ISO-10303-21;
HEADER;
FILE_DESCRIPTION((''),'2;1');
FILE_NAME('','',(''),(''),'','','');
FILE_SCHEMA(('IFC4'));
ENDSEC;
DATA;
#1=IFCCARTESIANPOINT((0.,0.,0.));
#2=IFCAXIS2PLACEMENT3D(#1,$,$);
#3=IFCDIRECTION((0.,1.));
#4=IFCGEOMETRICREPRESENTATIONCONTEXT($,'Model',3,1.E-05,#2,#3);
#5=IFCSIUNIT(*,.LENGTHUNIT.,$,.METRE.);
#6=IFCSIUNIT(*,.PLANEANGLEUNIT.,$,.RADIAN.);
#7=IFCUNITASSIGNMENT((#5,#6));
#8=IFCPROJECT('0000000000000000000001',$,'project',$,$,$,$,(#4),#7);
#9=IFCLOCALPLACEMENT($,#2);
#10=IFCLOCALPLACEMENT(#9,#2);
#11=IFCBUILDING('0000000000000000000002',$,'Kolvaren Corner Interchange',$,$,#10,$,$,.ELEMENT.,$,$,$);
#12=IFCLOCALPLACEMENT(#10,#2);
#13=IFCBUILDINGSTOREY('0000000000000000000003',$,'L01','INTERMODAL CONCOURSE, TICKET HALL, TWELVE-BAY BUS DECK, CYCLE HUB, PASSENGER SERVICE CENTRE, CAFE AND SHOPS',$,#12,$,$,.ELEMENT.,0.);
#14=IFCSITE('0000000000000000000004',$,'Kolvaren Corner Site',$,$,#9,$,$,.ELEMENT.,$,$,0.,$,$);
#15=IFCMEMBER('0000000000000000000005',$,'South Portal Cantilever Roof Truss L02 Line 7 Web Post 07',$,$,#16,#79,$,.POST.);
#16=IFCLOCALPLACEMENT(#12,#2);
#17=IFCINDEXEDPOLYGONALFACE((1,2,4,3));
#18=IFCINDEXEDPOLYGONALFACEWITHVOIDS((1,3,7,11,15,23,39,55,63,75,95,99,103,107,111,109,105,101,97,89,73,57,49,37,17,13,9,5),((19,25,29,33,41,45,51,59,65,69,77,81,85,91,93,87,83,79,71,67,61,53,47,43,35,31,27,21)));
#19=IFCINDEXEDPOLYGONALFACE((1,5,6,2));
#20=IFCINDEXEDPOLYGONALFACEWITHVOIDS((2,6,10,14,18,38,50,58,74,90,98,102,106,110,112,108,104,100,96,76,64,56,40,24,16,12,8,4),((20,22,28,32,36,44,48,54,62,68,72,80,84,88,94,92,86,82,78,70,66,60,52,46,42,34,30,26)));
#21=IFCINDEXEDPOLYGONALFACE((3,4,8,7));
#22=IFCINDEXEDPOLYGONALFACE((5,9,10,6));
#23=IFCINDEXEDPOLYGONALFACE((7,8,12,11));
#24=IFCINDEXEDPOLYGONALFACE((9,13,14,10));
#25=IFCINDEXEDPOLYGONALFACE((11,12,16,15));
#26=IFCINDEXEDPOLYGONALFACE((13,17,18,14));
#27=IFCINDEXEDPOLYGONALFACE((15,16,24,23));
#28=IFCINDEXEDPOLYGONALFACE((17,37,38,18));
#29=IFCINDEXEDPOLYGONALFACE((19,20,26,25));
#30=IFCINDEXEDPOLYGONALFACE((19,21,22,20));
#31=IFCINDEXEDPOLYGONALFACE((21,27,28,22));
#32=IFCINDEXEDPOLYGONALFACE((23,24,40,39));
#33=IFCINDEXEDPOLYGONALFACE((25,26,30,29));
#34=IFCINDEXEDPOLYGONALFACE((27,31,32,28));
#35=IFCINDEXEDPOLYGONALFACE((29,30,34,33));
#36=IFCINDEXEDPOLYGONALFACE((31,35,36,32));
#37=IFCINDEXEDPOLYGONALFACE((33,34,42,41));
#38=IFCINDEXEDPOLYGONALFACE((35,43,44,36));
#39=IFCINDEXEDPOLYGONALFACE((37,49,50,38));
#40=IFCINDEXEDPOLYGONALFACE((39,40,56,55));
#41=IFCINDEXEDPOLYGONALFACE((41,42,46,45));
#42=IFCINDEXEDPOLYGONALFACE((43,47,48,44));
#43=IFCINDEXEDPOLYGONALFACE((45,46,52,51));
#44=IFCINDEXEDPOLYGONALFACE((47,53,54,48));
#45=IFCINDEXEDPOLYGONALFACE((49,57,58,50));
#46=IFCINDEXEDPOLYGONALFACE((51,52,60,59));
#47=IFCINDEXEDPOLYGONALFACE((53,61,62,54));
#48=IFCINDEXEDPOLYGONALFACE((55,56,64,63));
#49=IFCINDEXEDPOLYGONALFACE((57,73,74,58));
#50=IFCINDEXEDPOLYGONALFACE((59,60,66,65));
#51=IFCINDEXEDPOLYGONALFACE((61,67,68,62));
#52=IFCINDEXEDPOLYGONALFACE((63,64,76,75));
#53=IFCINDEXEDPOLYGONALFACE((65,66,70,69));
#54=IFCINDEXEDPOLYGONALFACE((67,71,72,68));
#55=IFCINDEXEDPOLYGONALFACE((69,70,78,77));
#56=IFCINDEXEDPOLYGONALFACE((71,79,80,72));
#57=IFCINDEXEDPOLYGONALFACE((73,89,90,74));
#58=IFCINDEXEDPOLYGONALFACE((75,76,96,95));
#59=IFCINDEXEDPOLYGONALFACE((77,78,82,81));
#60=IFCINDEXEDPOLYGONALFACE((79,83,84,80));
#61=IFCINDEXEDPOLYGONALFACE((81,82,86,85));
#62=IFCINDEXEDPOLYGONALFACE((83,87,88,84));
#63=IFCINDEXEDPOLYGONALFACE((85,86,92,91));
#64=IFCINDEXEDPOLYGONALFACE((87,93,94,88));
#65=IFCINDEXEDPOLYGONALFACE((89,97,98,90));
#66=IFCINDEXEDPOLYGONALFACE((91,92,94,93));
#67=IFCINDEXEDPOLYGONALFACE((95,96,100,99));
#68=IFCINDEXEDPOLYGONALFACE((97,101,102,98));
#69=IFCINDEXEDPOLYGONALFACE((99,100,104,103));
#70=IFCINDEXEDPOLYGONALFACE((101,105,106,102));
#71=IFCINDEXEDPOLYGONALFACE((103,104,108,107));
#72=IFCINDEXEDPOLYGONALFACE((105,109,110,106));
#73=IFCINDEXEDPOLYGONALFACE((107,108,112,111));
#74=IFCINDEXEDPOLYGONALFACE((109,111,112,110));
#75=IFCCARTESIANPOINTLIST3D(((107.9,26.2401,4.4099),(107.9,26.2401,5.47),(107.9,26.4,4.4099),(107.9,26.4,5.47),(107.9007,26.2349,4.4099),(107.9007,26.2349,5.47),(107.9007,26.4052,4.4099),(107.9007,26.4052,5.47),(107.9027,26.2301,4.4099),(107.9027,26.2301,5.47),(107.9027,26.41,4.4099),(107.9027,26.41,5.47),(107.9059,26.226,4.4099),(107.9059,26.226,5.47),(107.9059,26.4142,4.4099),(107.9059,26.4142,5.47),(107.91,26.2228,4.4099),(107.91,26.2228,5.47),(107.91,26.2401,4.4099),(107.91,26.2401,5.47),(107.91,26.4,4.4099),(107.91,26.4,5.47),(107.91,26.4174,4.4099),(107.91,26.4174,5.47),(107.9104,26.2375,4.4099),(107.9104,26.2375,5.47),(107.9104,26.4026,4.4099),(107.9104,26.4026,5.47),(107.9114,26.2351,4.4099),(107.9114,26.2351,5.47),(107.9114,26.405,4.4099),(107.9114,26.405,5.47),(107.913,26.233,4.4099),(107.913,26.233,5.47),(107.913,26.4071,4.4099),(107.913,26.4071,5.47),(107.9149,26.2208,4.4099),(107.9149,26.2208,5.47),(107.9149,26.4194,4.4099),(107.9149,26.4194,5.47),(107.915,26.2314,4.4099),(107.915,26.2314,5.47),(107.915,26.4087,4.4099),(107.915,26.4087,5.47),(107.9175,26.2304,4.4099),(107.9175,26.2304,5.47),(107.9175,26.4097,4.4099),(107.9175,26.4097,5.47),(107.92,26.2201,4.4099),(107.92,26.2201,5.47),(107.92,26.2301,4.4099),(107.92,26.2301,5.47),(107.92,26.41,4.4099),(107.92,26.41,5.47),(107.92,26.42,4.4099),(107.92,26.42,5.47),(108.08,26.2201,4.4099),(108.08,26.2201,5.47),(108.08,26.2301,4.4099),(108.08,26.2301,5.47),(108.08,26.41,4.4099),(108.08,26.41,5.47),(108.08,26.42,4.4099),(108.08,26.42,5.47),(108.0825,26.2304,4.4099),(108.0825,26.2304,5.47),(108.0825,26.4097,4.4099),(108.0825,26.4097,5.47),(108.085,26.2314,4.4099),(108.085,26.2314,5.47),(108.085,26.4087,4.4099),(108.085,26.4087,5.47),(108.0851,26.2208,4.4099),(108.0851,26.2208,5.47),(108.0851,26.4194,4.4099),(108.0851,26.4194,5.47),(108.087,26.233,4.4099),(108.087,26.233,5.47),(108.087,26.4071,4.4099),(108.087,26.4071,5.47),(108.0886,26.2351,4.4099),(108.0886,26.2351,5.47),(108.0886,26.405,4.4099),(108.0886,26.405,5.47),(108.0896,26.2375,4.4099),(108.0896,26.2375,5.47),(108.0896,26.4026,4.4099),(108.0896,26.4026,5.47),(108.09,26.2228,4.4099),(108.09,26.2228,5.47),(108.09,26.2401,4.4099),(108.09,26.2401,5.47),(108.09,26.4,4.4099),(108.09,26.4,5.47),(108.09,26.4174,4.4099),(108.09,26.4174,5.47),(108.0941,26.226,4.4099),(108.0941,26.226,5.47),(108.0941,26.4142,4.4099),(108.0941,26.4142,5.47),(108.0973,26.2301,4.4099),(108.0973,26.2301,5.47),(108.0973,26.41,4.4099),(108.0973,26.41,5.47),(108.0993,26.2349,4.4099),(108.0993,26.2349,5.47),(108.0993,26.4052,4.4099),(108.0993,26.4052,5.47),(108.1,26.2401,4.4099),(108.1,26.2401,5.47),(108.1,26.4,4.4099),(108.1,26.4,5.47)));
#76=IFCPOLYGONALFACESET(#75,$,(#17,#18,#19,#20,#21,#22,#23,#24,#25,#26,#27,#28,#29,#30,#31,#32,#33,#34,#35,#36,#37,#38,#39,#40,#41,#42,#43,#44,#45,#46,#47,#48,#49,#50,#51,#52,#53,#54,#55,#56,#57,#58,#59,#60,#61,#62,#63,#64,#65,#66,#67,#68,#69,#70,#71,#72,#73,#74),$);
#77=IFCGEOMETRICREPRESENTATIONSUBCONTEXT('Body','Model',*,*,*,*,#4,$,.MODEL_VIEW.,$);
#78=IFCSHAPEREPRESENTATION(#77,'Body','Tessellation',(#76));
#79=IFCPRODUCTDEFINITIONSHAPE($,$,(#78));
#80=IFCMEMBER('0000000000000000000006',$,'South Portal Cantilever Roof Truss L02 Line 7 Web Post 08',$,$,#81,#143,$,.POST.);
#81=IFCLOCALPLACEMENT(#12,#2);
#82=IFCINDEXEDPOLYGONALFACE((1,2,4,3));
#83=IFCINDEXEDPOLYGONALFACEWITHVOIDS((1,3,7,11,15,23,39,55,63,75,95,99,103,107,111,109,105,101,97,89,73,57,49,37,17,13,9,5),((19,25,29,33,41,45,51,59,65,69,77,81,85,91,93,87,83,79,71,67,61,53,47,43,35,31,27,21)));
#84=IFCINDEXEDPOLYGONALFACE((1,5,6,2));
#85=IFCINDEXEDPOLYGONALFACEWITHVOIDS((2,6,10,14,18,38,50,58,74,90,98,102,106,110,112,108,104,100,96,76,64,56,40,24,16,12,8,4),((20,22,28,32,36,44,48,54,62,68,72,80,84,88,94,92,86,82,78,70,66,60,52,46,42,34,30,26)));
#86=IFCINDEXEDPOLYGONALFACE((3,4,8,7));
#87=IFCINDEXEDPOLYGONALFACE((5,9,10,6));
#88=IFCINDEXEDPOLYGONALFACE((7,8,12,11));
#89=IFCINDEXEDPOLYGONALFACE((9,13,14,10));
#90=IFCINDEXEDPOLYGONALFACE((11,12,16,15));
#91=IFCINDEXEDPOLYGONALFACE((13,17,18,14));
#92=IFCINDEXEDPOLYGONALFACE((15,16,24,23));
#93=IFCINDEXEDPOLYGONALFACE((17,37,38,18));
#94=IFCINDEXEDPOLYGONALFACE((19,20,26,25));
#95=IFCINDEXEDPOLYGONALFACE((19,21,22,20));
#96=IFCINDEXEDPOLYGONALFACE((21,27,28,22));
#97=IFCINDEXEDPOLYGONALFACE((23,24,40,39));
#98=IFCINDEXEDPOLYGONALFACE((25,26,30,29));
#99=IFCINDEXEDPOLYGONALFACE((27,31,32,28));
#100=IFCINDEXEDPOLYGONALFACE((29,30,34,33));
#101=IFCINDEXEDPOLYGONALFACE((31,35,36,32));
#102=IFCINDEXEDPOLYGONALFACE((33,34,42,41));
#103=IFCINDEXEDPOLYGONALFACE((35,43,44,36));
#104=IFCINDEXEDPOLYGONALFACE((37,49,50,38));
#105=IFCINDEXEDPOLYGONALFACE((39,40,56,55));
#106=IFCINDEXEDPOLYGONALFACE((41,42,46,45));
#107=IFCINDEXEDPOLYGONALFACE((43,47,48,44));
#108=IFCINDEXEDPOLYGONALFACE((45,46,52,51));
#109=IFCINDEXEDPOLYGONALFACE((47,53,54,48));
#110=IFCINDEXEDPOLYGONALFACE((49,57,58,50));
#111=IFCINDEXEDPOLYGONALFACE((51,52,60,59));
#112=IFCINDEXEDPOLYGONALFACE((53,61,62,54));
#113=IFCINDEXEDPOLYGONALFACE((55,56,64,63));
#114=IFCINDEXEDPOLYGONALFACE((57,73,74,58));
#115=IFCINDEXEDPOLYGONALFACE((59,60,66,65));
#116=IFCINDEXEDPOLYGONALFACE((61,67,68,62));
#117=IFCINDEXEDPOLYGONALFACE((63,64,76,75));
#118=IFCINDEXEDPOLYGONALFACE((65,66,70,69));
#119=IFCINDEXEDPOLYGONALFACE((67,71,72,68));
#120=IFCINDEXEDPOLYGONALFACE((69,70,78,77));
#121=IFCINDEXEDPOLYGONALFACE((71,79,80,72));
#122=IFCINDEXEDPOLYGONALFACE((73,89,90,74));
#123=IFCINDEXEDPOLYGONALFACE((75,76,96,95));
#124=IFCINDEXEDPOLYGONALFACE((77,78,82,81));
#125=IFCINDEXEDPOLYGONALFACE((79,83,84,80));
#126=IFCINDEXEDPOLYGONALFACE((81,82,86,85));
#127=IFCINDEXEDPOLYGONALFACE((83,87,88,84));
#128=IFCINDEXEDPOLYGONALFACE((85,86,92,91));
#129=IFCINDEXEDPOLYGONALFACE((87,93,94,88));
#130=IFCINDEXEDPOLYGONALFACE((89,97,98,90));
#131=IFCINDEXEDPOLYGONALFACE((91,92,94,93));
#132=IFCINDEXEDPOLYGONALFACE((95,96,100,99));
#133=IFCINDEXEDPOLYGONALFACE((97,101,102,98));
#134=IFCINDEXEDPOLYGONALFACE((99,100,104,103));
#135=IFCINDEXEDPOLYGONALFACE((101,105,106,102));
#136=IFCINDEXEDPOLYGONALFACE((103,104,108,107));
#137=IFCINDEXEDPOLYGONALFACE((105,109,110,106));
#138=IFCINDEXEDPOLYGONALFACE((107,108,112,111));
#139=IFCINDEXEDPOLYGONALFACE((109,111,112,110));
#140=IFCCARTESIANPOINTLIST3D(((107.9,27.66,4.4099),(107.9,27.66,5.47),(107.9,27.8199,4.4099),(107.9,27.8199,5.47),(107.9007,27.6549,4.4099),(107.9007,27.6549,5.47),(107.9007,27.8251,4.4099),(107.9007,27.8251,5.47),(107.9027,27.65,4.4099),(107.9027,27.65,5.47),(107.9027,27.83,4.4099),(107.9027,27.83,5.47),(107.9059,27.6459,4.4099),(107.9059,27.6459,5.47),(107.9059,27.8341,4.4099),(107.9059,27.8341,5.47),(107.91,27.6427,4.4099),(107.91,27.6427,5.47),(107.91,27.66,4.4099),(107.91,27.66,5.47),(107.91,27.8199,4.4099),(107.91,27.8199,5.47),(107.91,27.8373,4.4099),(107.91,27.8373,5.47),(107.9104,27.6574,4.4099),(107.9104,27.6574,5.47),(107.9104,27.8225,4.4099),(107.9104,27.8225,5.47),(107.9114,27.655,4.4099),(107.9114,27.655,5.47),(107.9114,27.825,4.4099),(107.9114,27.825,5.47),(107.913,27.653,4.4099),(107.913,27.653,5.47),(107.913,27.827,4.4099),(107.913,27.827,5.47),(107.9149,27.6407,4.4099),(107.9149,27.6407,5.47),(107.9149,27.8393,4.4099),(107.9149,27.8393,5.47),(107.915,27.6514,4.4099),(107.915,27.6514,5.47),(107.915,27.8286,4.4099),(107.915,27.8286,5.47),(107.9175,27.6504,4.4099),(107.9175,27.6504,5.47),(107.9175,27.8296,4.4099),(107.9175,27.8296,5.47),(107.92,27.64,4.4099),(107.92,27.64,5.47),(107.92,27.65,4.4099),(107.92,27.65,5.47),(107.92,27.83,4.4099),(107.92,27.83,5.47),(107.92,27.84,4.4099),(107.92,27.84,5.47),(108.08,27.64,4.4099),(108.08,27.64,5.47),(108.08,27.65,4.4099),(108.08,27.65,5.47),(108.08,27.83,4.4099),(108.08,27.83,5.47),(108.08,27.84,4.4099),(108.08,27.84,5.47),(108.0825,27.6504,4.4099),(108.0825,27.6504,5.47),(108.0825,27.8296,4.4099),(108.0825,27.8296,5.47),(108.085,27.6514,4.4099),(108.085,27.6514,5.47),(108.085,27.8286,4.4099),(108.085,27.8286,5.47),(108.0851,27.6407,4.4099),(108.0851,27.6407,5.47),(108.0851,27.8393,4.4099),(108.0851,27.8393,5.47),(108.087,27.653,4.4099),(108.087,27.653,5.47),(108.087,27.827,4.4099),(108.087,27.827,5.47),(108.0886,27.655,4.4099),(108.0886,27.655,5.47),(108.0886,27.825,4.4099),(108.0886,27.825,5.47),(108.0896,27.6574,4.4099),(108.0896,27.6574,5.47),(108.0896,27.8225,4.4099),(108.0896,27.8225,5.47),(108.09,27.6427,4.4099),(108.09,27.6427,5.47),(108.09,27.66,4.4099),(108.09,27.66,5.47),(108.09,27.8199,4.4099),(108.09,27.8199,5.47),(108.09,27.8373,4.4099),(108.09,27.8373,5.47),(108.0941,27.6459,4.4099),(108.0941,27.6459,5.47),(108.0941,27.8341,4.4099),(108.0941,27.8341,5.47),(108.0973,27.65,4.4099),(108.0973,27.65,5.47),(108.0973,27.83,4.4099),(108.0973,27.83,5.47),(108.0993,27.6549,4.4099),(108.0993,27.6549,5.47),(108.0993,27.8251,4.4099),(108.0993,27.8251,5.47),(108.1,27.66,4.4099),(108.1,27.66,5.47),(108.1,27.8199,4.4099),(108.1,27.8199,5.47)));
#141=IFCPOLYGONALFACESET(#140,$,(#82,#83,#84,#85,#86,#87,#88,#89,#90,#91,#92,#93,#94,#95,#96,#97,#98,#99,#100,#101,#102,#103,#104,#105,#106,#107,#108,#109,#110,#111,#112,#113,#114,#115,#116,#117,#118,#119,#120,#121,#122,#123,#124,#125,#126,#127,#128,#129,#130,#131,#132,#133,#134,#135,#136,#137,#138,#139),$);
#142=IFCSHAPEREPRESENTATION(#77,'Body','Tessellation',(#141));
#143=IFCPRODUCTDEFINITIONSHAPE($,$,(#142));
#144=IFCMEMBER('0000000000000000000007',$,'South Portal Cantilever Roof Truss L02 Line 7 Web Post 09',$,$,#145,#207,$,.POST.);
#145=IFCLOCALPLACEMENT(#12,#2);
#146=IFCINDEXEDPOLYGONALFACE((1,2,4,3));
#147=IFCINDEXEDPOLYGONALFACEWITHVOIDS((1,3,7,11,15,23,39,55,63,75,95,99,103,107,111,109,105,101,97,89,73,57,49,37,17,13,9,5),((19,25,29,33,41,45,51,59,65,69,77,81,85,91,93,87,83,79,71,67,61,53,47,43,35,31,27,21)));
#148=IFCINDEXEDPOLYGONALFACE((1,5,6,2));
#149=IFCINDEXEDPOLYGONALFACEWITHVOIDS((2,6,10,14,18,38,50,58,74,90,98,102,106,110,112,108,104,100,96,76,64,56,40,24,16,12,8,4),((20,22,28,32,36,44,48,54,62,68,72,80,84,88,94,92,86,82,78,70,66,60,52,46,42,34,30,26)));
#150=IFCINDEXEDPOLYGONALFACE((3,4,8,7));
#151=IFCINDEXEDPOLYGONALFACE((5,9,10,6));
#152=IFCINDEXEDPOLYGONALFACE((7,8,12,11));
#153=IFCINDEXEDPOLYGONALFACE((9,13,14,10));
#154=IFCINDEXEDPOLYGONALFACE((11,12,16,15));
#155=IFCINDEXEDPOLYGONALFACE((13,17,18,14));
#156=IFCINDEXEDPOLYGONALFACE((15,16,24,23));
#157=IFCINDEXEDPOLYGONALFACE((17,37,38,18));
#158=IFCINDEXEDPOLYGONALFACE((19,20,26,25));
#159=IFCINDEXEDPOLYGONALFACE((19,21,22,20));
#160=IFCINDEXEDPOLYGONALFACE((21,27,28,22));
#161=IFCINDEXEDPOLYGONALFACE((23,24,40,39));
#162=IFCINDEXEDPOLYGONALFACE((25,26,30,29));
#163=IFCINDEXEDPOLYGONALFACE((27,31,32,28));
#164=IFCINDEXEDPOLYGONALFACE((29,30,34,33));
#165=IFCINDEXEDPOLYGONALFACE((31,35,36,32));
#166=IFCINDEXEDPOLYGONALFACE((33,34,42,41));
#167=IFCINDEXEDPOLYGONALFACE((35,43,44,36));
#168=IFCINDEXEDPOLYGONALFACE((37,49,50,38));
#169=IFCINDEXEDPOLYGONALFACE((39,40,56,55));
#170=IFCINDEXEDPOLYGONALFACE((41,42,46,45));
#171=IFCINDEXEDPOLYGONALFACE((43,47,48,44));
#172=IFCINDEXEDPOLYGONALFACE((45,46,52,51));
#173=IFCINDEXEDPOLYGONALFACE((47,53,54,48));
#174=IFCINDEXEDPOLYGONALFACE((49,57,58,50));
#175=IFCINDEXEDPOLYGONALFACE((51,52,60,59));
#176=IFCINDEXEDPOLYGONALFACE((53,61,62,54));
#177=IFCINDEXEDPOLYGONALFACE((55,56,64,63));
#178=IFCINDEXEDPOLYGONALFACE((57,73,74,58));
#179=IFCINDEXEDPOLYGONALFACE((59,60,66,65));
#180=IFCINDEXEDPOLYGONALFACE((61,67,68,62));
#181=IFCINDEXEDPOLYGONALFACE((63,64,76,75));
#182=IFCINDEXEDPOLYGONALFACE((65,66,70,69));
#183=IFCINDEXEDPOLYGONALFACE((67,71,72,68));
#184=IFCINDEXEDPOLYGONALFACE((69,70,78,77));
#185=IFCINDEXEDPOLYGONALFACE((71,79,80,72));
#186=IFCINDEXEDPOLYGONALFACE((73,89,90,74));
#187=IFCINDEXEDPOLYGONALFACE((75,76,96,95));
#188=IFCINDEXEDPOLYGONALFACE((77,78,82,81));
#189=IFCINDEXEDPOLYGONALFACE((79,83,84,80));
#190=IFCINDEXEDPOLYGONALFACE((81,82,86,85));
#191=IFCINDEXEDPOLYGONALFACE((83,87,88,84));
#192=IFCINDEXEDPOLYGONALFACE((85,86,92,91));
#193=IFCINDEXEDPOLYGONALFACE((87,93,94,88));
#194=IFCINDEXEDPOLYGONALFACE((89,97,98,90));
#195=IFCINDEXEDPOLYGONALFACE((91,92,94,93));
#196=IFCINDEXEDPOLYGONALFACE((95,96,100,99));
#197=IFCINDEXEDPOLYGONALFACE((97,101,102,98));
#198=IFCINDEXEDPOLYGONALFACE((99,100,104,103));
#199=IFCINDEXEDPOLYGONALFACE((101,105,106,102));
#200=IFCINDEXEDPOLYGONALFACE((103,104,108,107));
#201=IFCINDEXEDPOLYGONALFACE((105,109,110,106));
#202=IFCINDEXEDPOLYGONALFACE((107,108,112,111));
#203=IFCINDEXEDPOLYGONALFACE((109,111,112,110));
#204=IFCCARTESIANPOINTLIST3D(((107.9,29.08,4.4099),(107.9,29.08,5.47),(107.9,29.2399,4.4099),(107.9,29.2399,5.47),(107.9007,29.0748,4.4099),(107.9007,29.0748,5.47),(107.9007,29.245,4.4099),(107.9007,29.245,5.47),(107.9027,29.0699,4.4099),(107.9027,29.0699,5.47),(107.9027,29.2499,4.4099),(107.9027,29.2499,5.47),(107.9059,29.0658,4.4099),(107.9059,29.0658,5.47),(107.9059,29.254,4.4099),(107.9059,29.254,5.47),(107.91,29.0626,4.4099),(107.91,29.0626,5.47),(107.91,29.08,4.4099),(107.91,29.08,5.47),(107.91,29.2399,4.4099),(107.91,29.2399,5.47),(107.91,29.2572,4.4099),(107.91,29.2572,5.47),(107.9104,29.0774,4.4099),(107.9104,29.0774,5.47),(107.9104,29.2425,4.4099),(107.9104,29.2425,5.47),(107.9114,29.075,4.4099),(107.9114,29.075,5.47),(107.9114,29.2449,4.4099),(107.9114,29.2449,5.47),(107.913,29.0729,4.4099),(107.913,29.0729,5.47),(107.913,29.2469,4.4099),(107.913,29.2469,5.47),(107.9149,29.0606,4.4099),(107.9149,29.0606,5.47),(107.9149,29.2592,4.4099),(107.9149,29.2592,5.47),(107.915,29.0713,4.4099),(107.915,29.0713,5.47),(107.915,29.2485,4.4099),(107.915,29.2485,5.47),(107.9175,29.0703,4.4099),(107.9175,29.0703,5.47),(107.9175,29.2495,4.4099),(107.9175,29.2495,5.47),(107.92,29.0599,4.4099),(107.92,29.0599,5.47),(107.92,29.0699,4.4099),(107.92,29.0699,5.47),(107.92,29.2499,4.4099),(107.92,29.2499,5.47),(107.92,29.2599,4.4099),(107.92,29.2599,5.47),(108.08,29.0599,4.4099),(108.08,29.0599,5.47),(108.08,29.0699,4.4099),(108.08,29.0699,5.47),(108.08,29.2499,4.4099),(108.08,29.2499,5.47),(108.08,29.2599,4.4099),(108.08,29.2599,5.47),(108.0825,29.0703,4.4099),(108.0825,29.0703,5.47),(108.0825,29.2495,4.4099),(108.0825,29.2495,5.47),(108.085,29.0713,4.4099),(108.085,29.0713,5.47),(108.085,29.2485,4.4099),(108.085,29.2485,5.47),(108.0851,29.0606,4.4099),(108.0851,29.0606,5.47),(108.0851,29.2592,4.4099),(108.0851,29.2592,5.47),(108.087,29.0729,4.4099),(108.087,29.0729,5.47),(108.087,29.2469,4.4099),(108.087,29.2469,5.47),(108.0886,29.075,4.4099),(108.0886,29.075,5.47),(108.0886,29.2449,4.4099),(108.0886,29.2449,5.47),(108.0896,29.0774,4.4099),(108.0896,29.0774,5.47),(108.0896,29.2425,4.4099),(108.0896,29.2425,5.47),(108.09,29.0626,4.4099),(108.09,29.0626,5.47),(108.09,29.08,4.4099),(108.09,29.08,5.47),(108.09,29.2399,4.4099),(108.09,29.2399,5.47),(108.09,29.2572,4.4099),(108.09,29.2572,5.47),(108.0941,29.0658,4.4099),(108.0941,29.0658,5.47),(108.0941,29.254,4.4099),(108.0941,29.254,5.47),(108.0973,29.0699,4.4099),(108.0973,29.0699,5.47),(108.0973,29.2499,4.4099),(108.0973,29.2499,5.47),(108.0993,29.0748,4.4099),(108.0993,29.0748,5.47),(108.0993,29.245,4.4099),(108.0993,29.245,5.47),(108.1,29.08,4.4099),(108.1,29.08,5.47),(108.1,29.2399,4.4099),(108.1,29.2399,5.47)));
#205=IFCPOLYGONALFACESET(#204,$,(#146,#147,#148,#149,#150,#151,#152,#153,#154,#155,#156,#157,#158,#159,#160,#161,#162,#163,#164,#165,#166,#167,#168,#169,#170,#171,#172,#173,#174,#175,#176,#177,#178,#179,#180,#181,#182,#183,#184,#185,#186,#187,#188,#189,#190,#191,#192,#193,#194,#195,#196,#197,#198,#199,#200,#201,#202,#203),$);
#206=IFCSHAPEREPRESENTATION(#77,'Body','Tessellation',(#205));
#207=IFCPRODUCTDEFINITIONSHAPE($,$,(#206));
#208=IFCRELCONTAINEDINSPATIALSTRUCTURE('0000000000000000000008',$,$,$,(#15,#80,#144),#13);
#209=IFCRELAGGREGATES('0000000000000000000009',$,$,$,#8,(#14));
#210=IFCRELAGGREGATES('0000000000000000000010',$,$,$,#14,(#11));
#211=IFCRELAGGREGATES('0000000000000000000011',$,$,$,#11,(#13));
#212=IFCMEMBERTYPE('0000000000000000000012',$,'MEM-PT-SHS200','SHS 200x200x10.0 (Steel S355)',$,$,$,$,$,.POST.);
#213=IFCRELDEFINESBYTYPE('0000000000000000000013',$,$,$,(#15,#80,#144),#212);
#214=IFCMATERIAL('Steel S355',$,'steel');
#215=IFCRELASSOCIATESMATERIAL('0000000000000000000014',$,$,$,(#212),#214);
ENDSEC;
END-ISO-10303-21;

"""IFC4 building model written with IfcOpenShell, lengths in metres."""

from ifc_helpers import new_model, si_unit, direction, frame, origin, origin_2d, place, context, subcontext, project, spatial, hollow_rectangle, extrude, material, material_profile, profile_set, type_object, element, save


model = new_model("IFC4")

# Units and contexts
model_context = context("Model", 3, precision=1e-05, world=origin(), true_north=direction((0.0, 1.0)))
body_context = subcontext(model_context, "Body", "Model", "MODEL_VIEW")
ifc_project = project(units=[si_unit("LENGTHUNIT", "METRE"), si_unit("PLANEANGLEUNIT", "RADIAN")], contexts=[model_context])

# Site, building, storey
site_placement = place(None, origin())
site = spatial("IfcSite", under=ifc_project, at=site_placement, Name="Kolvaren Corner Site", CompositionType="ELEMENT", RefElevation=0.0)
building_placement = place(site_placement, origin())
building = spatial("IfcBuilding", under=site, at=building_placement, Name="Kolvaren Corner Interchange", CompositionType="ELEMENT")
storey_placement = place(building_placement, origin())
storey = spatial("IfcBuildingStorey", under=building, at=storey_placement, Name="L01", Description="INTERMODAL CONCOURSE, TICKET HALL, TWELVE-BAY BUS DECK, CYCLE HUB, PASSENGER SERVICE CENTRE, CAFE AND SHOPS", CompositionType="ELEMENT", Elevation=0.0)

# Members
ifc_material_1 = material(Name="Steel S355", Category="steel")
ifc_material_profile_1 = material_profile(ifc_material_1, hollow_rectangle(XDim=0.2, YDim=0.2, WallThickness=0.01, InnerFilletRadius=0.01, OuterFilletRadius=0.02, at=origin_2d()), Name="SHS 200x200x10.0")
ifc_profile_set_1 = profile_set([ifc_material_profile_1], Name="Steel S355")
member_type_1 = type_object("IfcMemberType", Name="MEM-PT-SHS200", Description="SHS 200x200x10.0 (Steel S355)", PredefinedType="POST", material=ifc_profile_set_1)
for number, where, z_axis, x_axis, name in (
    (1, (108.0, 26.3201, 4.4099), (0.0, 0.0, 1.0), (1.0, 0.0, 0.0), "South Portal Cantilever Roof Truss L02 Line 7 Web Post 07"),
    (2, (108.0, 27.74, 4.4099), (0.0, 0.0, 1.0), (1.0, 0.0, 0.0), "South Portal Cantilever Roof Truss L02 Line 7 Web Post 08"),
    (3, (108.0, 29.1599, 4.4099), (0.0, 0.0, 1.0), (1.0, 0.0, 0.0), "South Portal Cantilever Roof Truss L02 Line 7 Web Post 09"),
):
    element("IfcMember", number, at=place(storey_placement, frame(where, z_axis=z_axis, x_axis=x_axis)), inside=storey, type_object=member_type_1, Name=name, PredefinedType="POST", context=body_context, shape_type="SweptSolid", body=[
        extrude(hollow_rectangle(XDim=0.2, YDim=0.2, WallThickness=0.01, InnerFilletRadius=0.01, OuterFilletRadius=0.02, at=origin_2d()), origin(), (0.0, 0.0, 1.0), 1.0601),
    ])

save(model, "model.ifc")
